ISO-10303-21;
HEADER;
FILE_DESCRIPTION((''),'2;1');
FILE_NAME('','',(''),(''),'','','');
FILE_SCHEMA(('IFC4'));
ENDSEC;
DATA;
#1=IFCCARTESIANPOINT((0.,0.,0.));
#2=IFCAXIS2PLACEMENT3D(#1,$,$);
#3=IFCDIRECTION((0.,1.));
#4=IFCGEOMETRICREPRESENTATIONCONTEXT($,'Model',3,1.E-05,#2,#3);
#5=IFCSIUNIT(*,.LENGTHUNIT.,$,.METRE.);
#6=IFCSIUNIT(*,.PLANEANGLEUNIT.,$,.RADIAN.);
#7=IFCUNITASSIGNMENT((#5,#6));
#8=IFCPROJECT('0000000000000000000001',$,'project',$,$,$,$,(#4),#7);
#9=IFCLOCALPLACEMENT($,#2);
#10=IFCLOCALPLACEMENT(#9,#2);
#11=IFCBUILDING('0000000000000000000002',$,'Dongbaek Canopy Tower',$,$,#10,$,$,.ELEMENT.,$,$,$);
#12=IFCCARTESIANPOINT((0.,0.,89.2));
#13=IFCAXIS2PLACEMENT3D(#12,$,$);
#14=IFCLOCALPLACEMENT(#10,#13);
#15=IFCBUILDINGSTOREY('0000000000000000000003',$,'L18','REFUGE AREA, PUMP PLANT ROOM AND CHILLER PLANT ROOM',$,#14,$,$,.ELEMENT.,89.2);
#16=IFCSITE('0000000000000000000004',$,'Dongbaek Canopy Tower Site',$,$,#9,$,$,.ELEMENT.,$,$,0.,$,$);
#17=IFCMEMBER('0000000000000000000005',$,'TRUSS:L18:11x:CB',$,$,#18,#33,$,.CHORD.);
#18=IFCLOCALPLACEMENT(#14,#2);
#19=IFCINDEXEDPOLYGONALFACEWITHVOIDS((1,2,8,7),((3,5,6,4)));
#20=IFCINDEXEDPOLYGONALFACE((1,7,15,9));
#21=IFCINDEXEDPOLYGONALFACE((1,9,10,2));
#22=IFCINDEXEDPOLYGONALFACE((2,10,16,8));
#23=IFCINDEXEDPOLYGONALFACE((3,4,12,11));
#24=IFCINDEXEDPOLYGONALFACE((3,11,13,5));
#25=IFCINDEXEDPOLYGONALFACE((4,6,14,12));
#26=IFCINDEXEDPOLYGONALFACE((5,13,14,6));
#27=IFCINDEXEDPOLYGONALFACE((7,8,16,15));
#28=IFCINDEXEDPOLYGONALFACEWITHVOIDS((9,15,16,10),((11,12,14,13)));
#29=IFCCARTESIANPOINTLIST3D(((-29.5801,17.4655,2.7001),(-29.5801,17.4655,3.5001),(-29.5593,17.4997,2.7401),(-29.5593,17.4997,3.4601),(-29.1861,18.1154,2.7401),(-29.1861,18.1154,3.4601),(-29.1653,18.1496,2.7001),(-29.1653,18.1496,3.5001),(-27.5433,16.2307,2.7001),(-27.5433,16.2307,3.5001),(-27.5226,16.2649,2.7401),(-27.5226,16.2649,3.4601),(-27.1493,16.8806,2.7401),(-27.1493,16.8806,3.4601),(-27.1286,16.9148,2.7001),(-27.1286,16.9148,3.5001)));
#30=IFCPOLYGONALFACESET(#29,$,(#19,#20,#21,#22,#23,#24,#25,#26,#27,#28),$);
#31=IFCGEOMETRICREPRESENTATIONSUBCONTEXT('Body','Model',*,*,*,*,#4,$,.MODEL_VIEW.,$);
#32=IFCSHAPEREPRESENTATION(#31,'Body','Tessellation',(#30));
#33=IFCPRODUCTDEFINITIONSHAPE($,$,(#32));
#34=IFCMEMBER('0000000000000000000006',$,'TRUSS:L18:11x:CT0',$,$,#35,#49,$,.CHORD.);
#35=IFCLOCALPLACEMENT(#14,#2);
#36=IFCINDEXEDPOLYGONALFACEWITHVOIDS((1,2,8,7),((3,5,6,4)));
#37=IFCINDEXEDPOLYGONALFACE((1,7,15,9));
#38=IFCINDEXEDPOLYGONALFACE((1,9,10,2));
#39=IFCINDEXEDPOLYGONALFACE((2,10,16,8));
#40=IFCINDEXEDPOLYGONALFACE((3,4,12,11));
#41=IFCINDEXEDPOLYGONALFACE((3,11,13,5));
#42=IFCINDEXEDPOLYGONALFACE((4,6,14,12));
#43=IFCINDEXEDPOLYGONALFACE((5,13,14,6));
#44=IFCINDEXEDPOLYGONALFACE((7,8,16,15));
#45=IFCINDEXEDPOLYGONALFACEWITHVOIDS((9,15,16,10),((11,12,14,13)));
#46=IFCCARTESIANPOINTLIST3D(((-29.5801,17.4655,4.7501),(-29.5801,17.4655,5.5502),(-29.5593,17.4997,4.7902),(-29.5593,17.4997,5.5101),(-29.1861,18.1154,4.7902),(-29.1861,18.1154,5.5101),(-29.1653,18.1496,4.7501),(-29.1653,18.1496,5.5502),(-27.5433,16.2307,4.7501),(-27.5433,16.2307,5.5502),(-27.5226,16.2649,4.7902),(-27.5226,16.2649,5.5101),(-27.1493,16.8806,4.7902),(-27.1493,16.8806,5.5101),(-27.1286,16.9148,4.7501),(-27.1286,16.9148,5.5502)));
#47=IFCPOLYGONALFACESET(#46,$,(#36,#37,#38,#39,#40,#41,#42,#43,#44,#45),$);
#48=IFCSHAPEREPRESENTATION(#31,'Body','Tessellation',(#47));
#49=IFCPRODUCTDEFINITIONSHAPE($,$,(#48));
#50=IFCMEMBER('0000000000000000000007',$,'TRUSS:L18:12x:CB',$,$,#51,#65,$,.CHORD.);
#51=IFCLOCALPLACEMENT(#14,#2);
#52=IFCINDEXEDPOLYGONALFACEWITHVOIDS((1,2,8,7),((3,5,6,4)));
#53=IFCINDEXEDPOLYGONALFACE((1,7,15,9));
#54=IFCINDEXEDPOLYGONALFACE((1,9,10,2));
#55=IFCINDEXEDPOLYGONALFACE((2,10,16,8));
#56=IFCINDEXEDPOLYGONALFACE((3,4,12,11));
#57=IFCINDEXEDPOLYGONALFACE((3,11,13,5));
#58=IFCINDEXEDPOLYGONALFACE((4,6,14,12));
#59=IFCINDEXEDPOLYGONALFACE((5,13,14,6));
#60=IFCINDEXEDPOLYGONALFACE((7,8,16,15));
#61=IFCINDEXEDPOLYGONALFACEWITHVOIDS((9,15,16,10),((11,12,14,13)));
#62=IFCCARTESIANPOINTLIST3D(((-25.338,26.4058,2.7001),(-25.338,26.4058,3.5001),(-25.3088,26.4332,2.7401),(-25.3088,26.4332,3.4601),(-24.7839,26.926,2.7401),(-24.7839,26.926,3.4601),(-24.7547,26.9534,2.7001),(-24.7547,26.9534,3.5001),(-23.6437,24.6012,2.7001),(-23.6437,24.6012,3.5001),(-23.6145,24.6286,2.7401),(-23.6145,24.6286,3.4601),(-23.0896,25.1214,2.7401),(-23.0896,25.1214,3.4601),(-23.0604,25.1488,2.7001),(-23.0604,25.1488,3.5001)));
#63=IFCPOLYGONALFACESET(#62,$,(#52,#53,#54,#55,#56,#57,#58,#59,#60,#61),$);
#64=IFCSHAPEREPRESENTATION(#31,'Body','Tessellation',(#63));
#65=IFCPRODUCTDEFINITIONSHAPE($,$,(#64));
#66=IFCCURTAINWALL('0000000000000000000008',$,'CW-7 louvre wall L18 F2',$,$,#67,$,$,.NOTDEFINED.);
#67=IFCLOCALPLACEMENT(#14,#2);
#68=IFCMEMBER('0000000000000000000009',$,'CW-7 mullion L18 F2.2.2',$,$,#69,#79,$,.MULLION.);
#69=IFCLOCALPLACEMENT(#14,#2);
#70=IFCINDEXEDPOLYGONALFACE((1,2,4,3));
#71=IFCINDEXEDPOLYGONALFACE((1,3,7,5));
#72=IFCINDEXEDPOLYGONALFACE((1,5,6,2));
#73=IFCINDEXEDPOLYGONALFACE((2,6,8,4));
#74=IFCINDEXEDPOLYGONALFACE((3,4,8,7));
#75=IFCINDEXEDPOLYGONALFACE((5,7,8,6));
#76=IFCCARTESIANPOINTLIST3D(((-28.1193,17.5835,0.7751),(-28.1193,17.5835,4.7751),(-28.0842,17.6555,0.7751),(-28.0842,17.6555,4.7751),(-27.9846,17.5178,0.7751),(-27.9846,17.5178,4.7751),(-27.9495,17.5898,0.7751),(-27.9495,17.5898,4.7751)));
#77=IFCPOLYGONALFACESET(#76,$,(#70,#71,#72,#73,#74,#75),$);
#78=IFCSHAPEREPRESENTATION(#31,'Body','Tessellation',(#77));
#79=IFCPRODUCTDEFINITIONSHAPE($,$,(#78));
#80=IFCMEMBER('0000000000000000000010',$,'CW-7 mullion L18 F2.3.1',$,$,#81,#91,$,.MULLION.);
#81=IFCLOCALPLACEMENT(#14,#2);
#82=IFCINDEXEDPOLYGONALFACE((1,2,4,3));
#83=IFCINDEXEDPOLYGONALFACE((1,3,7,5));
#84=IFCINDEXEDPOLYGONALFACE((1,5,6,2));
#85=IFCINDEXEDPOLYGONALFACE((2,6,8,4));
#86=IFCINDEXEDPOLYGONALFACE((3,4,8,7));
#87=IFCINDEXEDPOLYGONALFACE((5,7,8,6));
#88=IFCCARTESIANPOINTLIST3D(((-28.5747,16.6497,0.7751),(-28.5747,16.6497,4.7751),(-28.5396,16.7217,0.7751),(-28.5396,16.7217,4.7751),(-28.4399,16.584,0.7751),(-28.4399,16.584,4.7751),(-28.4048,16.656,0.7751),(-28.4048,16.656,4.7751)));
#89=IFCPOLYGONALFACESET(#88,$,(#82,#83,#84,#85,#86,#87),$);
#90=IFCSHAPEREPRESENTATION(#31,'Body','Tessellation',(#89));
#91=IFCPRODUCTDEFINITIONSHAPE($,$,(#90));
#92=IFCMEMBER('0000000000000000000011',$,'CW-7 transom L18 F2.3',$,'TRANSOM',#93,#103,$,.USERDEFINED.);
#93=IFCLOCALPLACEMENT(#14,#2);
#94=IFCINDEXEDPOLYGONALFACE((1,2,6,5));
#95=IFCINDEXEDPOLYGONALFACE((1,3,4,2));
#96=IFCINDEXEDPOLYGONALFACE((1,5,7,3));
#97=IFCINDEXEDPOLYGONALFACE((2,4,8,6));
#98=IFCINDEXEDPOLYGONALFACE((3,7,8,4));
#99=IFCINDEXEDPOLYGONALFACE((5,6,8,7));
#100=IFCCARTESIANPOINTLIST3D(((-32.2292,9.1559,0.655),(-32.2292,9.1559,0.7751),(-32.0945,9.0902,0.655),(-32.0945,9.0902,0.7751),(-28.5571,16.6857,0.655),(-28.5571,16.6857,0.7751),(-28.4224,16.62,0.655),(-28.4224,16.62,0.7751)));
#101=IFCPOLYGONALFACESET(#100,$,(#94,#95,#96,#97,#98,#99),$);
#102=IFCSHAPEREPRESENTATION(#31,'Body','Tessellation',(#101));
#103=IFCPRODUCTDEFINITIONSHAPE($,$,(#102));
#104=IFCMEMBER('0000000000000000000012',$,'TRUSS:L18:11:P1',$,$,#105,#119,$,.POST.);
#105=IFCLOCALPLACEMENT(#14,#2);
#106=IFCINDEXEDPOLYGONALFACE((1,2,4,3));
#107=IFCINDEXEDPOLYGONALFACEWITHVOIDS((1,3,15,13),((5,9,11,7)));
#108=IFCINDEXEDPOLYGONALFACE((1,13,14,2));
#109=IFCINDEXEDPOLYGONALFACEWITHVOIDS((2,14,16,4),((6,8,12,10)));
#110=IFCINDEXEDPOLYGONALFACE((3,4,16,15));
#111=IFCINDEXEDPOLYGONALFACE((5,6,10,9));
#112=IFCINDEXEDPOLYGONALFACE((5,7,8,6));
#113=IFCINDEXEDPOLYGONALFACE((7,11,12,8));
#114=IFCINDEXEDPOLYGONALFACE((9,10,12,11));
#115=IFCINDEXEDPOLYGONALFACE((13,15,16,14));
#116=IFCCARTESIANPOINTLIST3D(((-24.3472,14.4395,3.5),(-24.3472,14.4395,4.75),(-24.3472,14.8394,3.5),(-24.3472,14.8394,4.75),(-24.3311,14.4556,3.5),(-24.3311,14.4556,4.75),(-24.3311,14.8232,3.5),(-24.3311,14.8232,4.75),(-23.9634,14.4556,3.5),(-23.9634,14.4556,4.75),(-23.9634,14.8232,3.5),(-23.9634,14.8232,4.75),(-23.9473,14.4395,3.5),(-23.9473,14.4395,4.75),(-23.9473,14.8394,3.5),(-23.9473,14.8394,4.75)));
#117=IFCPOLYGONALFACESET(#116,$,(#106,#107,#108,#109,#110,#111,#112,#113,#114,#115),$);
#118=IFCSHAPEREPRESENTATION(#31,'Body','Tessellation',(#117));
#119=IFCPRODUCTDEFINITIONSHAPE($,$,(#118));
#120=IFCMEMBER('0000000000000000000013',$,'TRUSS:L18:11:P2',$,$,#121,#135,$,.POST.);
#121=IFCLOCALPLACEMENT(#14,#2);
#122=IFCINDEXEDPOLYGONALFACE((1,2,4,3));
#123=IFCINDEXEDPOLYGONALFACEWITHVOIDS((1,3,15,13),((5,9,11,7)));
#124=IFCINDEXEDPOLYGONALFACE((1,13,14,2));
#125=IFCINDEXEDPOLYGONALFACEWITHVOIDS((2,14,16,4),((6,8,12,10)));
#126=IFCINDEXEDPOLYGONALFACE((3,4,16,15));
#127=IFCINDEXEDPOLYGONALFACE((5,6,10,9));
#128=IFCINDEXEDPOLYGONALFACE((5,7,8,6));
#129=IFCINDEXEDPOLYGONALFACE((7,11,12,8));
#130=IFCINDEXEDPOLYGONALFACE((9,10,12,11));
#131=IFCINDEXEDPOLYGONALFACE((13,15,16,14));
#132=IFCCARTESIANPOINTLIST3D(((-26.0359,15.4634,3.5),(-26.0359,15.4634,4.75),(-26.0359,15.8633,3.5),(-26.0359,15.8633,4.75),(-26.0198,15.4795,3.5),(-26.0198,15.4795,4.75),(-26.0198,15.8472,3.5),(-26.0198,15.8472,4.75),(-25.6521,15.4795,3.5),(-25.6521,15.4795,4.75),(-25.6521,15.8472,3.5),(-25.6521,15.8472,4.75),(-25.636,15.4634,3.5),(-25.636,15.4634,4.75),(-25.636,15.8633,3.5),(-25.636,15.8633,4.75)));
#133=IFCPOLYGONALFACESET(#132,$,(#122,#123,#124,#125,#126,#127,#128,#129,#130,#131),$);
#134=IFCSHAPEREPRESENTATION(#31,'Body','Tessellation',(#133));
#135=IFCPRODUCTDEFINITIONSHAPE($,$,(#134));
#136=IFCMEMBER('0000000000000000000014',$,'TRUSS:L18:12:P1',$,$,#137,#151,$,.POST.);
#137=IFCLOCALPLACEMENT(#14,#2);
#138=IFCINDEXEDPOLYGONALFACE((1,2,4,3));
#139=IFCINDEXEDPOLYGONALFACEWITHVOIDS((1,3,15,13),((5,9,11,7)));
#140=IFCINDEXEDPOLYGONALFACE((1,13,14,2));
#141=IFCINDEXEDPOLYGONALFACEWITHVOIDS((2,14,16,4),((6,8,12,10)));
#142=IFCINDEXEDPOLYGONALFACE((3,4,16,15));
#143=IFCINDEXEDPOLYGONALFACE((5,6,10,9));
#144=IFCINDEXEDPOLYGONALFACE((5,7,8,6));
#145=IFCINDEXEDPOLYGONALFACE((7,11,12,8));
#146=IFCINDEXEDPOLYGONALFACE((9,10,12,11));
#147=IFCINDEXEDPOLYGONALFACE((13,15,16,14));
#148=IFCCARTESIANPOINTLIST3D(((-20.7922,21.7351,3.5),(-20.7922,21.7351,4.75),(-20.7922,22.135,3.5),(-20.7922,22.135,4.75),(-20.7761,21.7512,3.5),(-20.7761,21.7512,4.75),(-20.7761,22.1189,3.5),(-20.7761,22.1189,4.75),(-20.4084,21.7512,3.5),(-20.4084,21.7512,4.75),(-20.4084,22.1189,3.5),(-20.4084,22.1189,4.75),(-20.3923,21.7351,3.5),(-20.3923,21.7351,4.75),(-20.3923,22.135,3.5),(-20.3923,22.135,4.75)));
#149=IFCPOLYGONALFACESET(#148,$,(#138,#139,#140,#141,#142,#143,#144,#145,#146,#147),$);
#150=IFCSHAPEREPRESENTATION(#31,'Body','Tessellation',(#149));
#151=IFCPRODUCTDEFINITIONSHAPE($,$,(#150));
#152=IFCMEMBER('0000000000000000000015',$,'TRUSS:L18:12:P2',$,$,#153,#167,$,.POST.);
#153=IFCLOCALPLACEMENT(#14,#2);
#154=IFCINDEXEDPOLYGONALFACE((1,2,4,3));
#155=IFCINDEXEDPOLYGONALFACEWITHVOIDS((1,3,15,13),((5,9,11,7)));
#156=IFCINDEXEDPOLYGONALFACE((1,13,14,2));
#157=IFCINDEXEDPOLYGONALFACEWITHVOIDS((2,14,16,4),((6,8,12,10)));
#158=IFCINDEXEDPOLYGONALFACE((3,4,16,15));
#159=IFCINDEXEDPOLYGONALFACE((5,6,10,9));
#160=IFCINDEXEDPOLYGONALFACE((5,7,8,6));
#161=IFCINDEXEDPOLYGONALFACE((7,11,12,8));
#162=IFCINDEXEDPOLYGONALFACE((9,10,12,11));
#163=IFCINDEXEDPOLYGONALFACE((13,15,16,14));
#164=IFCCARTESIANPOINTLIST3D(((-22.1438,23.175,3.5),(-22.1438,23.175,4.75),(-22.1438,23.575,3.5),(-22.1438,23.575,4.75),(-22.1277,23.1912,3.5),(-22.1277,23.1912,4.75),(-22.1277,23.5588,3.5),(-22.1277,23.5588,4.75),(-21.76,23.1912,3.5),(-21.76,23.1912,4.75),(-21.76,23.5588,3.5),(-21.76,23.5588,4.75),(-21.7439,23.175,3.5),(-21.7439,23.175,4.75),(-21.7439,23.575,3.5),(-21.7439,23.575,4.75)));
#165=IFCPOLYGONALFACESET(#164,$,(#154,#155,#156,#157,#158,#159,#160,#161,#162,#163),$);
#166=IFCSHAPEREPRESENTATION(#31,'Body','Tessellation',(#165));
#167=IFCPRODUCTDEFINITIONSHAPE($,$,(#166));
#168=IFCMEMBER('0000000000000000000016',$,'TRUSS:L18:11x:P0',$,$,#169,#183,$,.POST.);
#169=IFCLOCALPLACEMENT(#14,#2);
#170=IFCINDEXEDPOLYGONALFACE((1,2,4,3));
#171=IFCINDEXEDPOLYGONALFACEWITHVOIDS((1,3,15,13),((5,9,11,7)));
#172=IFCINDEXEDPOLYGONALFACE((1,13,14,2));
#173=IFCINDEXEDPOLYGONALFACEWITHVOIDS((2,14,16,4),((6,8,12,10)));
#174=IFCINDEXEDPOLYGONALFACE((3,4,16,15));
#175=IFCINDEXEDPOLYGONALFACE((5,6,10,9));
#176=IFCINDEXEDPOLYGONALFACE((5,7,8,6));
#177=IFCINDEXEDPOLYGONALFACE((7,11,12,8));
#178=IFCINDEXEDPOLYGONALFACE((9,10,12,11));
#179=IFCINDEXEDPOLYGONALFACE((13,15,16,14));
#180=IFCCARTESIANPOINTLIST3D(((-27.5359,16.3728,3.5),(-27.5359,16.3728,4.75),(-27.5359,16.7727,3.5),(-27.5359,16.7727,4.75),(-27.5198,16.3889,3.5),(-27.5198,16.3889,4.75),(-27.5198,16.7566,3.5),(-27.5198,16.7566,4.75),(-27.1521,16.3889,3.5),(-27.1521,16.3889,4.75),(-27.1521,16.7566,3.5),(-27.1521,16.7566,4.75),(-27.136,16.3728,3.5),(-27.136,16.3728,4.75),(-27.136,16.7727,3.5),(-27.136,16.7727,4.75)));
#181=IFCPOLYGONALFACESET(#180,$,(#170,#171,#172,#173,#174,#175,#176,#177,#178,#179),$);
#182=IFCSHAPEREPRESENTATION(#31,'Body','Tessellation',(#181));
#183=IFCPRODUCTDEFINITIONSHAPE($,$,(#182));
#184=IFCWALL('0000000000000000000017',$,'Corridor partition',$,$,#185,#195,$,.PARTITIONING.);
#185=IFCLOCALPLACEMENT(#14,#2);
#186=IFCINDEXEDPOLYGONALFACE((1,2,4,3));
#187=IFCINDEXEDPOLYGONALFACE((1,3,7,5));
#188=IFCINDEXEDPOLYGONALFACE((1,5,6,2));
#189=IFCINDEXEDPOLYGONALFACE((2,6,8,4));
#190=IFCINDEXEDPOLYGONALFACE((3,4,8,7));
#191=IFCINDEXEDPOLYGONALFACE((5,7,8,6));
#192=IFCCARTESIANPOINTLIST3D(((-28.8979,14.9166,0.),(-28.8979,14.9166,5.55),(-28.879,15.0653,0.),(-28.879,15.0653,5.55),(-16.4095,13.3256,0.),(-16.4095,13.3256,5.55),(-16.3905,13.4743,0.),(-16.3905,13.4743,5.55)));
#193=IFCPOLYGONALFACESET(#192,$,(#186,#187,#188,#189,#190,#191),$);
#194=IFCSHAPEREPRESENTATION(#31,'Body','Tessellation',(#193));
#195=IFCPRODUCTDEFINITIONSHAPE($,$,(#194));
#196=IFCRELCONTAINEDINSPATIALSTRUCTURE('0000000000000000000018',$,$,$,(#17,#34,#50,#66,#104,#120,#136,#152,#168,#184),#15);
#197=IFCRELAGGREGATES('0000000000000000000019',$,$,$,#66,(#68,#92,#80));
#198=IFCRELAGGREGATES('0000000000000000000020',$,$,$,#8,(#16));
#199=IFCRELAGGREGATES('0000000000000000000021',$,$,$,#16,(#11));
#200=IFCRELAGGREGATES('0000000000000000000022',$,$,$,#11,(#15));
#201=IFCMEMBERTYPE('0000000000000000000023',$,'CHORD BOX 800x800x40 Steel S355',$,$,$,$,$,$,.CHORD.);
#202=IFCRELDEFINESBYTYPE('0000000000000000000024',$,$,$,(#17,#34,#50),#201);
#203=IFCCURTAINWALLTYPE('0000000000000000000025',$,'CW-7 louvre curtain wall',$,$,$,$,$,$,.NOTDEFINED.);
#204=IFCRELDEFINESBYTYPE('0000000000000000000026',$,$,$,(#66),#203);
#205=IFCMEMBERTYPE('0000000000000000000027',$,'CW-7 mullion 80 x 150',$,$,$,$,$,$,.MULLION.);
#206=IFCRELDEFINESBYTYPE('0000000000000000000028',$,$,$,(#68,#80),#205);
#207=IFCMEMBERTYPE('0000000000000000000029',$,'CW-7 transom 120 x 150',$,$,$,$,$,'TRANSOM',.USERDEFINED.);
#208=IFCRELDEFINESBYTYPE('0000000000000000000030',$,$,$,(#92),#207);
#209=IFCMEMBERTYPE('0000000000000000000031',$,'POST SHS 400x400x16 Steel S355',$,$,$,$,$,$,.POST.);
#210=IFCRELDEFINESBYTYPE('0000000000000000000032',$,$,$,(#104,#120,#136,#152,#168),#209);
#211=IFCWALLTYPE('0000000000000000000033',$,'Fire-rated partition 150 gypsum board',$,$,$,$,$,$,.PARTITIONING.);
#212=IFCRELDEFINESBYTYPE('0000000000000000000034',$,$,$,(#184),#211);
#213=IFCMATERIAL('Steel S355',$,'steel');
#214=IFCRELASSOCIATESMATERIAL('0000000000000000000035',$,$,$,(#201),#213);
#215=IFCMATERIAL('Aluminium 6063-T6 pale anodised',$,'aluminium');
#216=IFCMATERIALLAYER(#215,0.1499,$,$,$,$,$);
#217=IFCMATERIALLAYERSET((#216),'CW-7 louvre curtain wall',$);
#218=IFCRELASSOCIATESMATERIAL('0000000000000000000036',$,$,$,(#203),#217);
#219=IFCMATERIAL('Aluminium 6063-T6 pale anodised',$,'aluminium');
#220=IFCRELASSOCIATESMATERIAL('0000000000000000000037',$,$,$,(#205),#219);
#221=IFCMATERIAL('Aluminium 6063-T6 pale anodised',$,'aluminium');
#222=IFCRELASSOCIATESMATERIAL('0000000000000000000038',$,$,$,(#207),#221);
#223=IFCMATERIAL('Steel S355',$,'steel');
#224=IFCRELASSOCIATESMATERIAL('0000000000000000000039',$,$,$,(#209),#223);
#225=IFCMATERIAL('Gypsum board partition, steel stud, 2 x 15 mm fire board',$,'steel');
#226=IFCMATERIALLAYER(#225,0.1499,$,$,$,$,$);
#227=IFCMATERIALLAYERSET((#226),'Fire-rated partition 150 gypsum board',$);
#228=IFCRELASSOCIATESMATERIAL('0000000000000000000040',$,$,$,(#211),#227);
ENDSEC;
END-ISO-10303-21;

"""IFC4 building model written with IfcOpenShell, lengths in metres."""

from ifc_helpers import new_model, si_unit, direction, frame, frame_2d, origin, origin_2d, place, context, subcontext, project, spatial, rectangle, hollow_rectangle, extrude, material, layer, layer_set, material_profile, profile_set, type_object, element, aggregate, save


model = new_model("IFC4")

# Units and contexts
model_context = context("Model", 3, precision=1e-05, world=origin(), true_north=direction((0.0, 1.0)))
body_context = subcontext(model_context, "Body", "Model", "MODEL_VIEW")
ifc_project = project(units=[si_unit("LENGTHUNIT", "METRE"), si_unit("PLANEANGLEUNIT", "RADIAN")], contexts=[model_context])

# Site, building, storey
site_placement = place(None, origin())
site = spatial("IfcSite", under=ifc_project, at=site_placement, Name="Dongbaek Canopy Tower Site", CompositionType="ELEMENT", RefElevation=0.0)
building_placement = place(site_placement, origin())
building = spatial("IfcBuilding", under=site, at=building_placement, Name="Dongbaek Canopy Tower", CompositionType="ELEMENT")
storey_placement = place(building_placement, frame((0.0, 0.0, 89.2)))
storey = spatial("IfcBuildingStorey", under=building, at=storey_placement, Name="L18", Description="REFUGE AREA, PUMP PLANT ROOM AND CHILLER PLANT ROOM", CompositionType="ELEMENT", Elevation=89.2)

# Members
ifc_material_1 = material(Name="Steel S355", Category="steel")
ifc_material_profile_1 = material_profile(ifc_material_1, hollow_rectangle(XDim=0.8, YDim=0.8, WallThickness=0.04, at=origin_2d()), Name="CHORD BOX 800x800x40 Steel S355")
ifc_profile_set_1 = profile_set([ifc_material_profile_1], Name="Steel S355")
member_type_1 = type_object("IfcMemberType", Name="CHORD BOX 800x800x40 Steel S355", PredefinedType="CHORD", material=ifc_profile_set_1)
for number, where, z_axis, x_axis, name in (
    (1, (-27.3359, 16.5728, 3.1001), (-0.855123, 0.518424, 0.0), (-0.518424, -0.855123, 0.0), "TRUSS:L18:11x:CB"),
    (2, (-27.3359, 16.5728, 5.1501), (-0.855123, 0.518424, 0.0), (-0.518424, -0.855123, 0.0), "TRUSS:L18:11x:CT0"),
):
    element("IfcMember", number, at=place(storey_placement, frame(where, z_axis=z_axis, x_axis=x_axis)), inside=storey, type_object=member_type_1, Name=name, PredefinedType="CHORD", context=body_context, shape_type="SweptSolid", body=[
        extrude(hollow_rectangle(XDim=0.8, YDim=0.8, WallThickness=0.04, at=origin_2d()), origin(), (0.0, 0.0, 1.0), 2.3818),
    ])
member_1_placement = place(storey_placement, frame((-23.3521, 24.875, 3.1001), z_axis=(-0.684466, 0.729045, 0.0), x_axis=(-0.729045, -0.684466, 0.0)))
element("IfcMember", 3, at=member_1_placement, inside=storey, type_object=member_type_1, Name="TRUSS:L18:12x:CB", PredefinedType="CHORD", context=body_context, shape_type="SweptSolid", body=[
    extrude(hollow_rectangle(XDim=0.8, YDim=0.8, WallThickness=0.04, at=origin_2d()), origin(), (0.0, 0.0, 1.0), 2.4753),
])

# Curtain wall, members
ifc_material_2 = material(Name="Aluminium 6063-T6 pale anodised", Category="aluminium")
ifc_layer_1 = layer(ifc_material_2, 0.1499)
ifc_layer_set_1 = layer_set([ifc_layer_1], Name="CW-7 louvre curtain wall")
curtain_wall_type = type_object("IfcCurtainWallType", Name="CW-7 louvre curtain wall", PredefinedType="NOTDEFINED", material=ifc_layer_set_1)
curtain_wall_placement = place(storey_placement, origin())
curtain_wall = element("IfcCurtainWall", 4, at=curtain_wall_placement, inside=storey, type_object=curtain_wall_type, Name="CW-7 louvre wall L18 F2", PredefinedType="NOTDEFINED")
ifc_material_3 = material(Name="Aluminium 6063-T6 pale anodised", Category="aluminium")
ifc_material_profile_2 = material_profile(ifc_material_3, rectangle(XDim=0.1499, YDim=0.0801, at=origin_2d()), Name="CW-7 mullion 80 x 150")
ifc_profile_set_2 = profile_set([ifc_material_profile_2], Name="Aluminium 6063-T6 pale anodised")
member_type_2 = type_object("IfcMemberType", Name="CW-7 mullion 80 x 150", PredefinedType="MULLION", material=ifc_profile_set_2)
member_2_placement = place(storey_placement, frame((-28.0344, 17.5867, 0.7751), z_axis=(0.0, 0.0, 1.0), x_axis=(-0.898815, 0.438328, 0.0)))
member_2 = element("IfcMember", 5, at=member_2_placement, type_object=member_type_2, Name="CW-7 mullion L18 F2.2.2", PredefinedType="MULLION", context=body_context, shape_type="SweptSolid", body=[
    extrude(rectangle(XDim=0.1499, YDim=0.0801, at=origin_2d()), origin(), (0.0, 0.0, 1.0), 4.0),
])
member_3_placement = place(storey_placement, frame((-28.4897, 16.6528, 0.7751), z_axis=(0.0, 0.0, 1.0), x_axis=(-0.898815, 0.438328, 0.0)))
member_3 = element("IfcMember", 6, at=member_3_placement, type_object=member_type_2, Name="CW-7 mullion L18 F2.3.1", PredefinedType="MULLION", context=body_context, shape_type="SweptSolid", body=[
    extrude(rectangle(XDim=0.1499, YDim=0.0801, at=origin_2d()), origin(), (0.0, 0.0, 1.0), 4.0),
])
ifc_material_4 = material(Name="Aluminium 6063-T6 pale anodised", Category="aluminium")
ifc_material_profile_3 = material_profile(ifc_material_4, rectangle(XDim=0.1499, YDim=0.1201, at=origin_2d()), Name="CW-7 transom 120 x 150")
ifc_profile_set_3 = profile_set([ifc_material_profile_3], Name="Aluminium 6063-T6 pale anodised")
member_type_3 = type_object("IfcMemberType", Name="CW-7 transom 120 x 150", ElementType="TRANSOM", PredefinedType="USERDEFINED", material=ifc_profile_set_3)
member_4_placement = place(storey_placement, frame((-28.4897, 16.6528, 0.7151), z_axis=(-0.438332, -0.898813, 0.0), x_axis=(0.898813, -0.438332, 0.0)))
member_4 = element("IfcMember", 7, at=member_4_placement, type_object=member_type_3, Name="CW-7 transom L18 F2.3", ObjectType="TRANSOM", PredefinedType="USERDEFINED", context=body_context, shape_type="SweptSolid", body=[
    extrude(rectangle(XDim=0.1499, YDim=0.1201, at=origin_2d()), origin(), (0.0, 0.0, 1.0), 8.3774),
])

# Members
ifc_material_5 = material(Name="Steel S355", Category="steel")
ifc_material_profile_4 = material_profile(ifc_material_5, hollow_rectangle(XDim=0.3999, YDim=0.3999, WallThickness=0.0161, at=origin_2d()), Name="POST SHS 400x400x16 Steel S355")
ifc_profile_set_4 = profile_set([ifc_material_profile_4], Name="Steel S355")
member_type_4 = type_object("IfcMemberType", Name="POST SHS 400x400x16 Steel S355", PredefinedType="POST", material=ifc_profile_set_4)
for number, where, z_axis, x_axis, name in (
    (8, (-24.1472, 14.6394, 3.5), (0.0, 0.0, 1.0), (1.0, 0.0, 0.0), "TRUSS:L18:11:P1"),
    (9, (-25.8359, 15.6633, 3.5), (0.0, 0.0, 1.0), (1.0, 0.0, 0.0), "TRUSS:L18:11:P2"),
    (10, (-20.5923, 21.9351, 3.5), (0.0, 0.0, 1.0), (1.0, 0.0, 0.0), "TRUSS:L18:12:P1"),
    (11, (-21.9438, 23.375, 3.5), (0.0, 0.0, 1.0), (1.0, 0.0, 0.0), "TRUSS:L18:12:P2"),
    (12, (-27.3359, 16.5728, 3.5), (0.0, 0.0, 1.0), (1.0, 0.0, 0.0), "TRUSS:L18:11x:P0"),
):
    element("IfcMember", number, at=place(storey_placement, frame(where, z_axis=z_axis, x_axis=x_axis)), inside=storey, type_object=member_type_4, Name=name, PredefinedType="POST", context=body_context, shape_type="SweptSolid", body=[
        extrude(hollow_rectangle(XDim=0.3999, YDim=0.3999, WallThickness=0.0161, at=origin_2d()), origin(), (0.0, 0.0, 1.0), 1.25),
    ])

# Wall
ifc_material_6 = material(Name="Gypsum board partition, steel stud, 2 x 15 mm fire board", Category="steel")
ifc_layer_2 = layer(ifc_material_6, 0.1499)
ifc_layer_set_2 = layer_set([ifc_layer_2], Name="Fire-rated partition 150 gypsum board")
wall_type_1 = type_object("IfcWallType", Name="Fire-rated partition 150 gypsum board", PredefinedType="PARTITIONING", material=ifc_layer_set_2)
wall_1_placement = place(storey_placement, frame((-28.8884, 14.991, 0.0), z_axis=(0.0, 0.0, 1.0), x_axis=(0.991982, -0.126381, 0.0)))
element("IfcWall", 13, at=wall_1_placement, inside=storey, type_object=wall_type_1, Name="Corridor partition", PredefinedType="PARTITIONING", context=body_context, shape_type="SweptSolid", body=[
    extrude(rectangle(XDim=12.5894, YDim=0.1499, at=frame_2d((6.2947, 0.0))), origin(), (0.0, 0.0, 1.0), 5.55),
])

aggregate(curtain_wall, [member_2, member_4, member_3])

save(model, "model.ifc")
